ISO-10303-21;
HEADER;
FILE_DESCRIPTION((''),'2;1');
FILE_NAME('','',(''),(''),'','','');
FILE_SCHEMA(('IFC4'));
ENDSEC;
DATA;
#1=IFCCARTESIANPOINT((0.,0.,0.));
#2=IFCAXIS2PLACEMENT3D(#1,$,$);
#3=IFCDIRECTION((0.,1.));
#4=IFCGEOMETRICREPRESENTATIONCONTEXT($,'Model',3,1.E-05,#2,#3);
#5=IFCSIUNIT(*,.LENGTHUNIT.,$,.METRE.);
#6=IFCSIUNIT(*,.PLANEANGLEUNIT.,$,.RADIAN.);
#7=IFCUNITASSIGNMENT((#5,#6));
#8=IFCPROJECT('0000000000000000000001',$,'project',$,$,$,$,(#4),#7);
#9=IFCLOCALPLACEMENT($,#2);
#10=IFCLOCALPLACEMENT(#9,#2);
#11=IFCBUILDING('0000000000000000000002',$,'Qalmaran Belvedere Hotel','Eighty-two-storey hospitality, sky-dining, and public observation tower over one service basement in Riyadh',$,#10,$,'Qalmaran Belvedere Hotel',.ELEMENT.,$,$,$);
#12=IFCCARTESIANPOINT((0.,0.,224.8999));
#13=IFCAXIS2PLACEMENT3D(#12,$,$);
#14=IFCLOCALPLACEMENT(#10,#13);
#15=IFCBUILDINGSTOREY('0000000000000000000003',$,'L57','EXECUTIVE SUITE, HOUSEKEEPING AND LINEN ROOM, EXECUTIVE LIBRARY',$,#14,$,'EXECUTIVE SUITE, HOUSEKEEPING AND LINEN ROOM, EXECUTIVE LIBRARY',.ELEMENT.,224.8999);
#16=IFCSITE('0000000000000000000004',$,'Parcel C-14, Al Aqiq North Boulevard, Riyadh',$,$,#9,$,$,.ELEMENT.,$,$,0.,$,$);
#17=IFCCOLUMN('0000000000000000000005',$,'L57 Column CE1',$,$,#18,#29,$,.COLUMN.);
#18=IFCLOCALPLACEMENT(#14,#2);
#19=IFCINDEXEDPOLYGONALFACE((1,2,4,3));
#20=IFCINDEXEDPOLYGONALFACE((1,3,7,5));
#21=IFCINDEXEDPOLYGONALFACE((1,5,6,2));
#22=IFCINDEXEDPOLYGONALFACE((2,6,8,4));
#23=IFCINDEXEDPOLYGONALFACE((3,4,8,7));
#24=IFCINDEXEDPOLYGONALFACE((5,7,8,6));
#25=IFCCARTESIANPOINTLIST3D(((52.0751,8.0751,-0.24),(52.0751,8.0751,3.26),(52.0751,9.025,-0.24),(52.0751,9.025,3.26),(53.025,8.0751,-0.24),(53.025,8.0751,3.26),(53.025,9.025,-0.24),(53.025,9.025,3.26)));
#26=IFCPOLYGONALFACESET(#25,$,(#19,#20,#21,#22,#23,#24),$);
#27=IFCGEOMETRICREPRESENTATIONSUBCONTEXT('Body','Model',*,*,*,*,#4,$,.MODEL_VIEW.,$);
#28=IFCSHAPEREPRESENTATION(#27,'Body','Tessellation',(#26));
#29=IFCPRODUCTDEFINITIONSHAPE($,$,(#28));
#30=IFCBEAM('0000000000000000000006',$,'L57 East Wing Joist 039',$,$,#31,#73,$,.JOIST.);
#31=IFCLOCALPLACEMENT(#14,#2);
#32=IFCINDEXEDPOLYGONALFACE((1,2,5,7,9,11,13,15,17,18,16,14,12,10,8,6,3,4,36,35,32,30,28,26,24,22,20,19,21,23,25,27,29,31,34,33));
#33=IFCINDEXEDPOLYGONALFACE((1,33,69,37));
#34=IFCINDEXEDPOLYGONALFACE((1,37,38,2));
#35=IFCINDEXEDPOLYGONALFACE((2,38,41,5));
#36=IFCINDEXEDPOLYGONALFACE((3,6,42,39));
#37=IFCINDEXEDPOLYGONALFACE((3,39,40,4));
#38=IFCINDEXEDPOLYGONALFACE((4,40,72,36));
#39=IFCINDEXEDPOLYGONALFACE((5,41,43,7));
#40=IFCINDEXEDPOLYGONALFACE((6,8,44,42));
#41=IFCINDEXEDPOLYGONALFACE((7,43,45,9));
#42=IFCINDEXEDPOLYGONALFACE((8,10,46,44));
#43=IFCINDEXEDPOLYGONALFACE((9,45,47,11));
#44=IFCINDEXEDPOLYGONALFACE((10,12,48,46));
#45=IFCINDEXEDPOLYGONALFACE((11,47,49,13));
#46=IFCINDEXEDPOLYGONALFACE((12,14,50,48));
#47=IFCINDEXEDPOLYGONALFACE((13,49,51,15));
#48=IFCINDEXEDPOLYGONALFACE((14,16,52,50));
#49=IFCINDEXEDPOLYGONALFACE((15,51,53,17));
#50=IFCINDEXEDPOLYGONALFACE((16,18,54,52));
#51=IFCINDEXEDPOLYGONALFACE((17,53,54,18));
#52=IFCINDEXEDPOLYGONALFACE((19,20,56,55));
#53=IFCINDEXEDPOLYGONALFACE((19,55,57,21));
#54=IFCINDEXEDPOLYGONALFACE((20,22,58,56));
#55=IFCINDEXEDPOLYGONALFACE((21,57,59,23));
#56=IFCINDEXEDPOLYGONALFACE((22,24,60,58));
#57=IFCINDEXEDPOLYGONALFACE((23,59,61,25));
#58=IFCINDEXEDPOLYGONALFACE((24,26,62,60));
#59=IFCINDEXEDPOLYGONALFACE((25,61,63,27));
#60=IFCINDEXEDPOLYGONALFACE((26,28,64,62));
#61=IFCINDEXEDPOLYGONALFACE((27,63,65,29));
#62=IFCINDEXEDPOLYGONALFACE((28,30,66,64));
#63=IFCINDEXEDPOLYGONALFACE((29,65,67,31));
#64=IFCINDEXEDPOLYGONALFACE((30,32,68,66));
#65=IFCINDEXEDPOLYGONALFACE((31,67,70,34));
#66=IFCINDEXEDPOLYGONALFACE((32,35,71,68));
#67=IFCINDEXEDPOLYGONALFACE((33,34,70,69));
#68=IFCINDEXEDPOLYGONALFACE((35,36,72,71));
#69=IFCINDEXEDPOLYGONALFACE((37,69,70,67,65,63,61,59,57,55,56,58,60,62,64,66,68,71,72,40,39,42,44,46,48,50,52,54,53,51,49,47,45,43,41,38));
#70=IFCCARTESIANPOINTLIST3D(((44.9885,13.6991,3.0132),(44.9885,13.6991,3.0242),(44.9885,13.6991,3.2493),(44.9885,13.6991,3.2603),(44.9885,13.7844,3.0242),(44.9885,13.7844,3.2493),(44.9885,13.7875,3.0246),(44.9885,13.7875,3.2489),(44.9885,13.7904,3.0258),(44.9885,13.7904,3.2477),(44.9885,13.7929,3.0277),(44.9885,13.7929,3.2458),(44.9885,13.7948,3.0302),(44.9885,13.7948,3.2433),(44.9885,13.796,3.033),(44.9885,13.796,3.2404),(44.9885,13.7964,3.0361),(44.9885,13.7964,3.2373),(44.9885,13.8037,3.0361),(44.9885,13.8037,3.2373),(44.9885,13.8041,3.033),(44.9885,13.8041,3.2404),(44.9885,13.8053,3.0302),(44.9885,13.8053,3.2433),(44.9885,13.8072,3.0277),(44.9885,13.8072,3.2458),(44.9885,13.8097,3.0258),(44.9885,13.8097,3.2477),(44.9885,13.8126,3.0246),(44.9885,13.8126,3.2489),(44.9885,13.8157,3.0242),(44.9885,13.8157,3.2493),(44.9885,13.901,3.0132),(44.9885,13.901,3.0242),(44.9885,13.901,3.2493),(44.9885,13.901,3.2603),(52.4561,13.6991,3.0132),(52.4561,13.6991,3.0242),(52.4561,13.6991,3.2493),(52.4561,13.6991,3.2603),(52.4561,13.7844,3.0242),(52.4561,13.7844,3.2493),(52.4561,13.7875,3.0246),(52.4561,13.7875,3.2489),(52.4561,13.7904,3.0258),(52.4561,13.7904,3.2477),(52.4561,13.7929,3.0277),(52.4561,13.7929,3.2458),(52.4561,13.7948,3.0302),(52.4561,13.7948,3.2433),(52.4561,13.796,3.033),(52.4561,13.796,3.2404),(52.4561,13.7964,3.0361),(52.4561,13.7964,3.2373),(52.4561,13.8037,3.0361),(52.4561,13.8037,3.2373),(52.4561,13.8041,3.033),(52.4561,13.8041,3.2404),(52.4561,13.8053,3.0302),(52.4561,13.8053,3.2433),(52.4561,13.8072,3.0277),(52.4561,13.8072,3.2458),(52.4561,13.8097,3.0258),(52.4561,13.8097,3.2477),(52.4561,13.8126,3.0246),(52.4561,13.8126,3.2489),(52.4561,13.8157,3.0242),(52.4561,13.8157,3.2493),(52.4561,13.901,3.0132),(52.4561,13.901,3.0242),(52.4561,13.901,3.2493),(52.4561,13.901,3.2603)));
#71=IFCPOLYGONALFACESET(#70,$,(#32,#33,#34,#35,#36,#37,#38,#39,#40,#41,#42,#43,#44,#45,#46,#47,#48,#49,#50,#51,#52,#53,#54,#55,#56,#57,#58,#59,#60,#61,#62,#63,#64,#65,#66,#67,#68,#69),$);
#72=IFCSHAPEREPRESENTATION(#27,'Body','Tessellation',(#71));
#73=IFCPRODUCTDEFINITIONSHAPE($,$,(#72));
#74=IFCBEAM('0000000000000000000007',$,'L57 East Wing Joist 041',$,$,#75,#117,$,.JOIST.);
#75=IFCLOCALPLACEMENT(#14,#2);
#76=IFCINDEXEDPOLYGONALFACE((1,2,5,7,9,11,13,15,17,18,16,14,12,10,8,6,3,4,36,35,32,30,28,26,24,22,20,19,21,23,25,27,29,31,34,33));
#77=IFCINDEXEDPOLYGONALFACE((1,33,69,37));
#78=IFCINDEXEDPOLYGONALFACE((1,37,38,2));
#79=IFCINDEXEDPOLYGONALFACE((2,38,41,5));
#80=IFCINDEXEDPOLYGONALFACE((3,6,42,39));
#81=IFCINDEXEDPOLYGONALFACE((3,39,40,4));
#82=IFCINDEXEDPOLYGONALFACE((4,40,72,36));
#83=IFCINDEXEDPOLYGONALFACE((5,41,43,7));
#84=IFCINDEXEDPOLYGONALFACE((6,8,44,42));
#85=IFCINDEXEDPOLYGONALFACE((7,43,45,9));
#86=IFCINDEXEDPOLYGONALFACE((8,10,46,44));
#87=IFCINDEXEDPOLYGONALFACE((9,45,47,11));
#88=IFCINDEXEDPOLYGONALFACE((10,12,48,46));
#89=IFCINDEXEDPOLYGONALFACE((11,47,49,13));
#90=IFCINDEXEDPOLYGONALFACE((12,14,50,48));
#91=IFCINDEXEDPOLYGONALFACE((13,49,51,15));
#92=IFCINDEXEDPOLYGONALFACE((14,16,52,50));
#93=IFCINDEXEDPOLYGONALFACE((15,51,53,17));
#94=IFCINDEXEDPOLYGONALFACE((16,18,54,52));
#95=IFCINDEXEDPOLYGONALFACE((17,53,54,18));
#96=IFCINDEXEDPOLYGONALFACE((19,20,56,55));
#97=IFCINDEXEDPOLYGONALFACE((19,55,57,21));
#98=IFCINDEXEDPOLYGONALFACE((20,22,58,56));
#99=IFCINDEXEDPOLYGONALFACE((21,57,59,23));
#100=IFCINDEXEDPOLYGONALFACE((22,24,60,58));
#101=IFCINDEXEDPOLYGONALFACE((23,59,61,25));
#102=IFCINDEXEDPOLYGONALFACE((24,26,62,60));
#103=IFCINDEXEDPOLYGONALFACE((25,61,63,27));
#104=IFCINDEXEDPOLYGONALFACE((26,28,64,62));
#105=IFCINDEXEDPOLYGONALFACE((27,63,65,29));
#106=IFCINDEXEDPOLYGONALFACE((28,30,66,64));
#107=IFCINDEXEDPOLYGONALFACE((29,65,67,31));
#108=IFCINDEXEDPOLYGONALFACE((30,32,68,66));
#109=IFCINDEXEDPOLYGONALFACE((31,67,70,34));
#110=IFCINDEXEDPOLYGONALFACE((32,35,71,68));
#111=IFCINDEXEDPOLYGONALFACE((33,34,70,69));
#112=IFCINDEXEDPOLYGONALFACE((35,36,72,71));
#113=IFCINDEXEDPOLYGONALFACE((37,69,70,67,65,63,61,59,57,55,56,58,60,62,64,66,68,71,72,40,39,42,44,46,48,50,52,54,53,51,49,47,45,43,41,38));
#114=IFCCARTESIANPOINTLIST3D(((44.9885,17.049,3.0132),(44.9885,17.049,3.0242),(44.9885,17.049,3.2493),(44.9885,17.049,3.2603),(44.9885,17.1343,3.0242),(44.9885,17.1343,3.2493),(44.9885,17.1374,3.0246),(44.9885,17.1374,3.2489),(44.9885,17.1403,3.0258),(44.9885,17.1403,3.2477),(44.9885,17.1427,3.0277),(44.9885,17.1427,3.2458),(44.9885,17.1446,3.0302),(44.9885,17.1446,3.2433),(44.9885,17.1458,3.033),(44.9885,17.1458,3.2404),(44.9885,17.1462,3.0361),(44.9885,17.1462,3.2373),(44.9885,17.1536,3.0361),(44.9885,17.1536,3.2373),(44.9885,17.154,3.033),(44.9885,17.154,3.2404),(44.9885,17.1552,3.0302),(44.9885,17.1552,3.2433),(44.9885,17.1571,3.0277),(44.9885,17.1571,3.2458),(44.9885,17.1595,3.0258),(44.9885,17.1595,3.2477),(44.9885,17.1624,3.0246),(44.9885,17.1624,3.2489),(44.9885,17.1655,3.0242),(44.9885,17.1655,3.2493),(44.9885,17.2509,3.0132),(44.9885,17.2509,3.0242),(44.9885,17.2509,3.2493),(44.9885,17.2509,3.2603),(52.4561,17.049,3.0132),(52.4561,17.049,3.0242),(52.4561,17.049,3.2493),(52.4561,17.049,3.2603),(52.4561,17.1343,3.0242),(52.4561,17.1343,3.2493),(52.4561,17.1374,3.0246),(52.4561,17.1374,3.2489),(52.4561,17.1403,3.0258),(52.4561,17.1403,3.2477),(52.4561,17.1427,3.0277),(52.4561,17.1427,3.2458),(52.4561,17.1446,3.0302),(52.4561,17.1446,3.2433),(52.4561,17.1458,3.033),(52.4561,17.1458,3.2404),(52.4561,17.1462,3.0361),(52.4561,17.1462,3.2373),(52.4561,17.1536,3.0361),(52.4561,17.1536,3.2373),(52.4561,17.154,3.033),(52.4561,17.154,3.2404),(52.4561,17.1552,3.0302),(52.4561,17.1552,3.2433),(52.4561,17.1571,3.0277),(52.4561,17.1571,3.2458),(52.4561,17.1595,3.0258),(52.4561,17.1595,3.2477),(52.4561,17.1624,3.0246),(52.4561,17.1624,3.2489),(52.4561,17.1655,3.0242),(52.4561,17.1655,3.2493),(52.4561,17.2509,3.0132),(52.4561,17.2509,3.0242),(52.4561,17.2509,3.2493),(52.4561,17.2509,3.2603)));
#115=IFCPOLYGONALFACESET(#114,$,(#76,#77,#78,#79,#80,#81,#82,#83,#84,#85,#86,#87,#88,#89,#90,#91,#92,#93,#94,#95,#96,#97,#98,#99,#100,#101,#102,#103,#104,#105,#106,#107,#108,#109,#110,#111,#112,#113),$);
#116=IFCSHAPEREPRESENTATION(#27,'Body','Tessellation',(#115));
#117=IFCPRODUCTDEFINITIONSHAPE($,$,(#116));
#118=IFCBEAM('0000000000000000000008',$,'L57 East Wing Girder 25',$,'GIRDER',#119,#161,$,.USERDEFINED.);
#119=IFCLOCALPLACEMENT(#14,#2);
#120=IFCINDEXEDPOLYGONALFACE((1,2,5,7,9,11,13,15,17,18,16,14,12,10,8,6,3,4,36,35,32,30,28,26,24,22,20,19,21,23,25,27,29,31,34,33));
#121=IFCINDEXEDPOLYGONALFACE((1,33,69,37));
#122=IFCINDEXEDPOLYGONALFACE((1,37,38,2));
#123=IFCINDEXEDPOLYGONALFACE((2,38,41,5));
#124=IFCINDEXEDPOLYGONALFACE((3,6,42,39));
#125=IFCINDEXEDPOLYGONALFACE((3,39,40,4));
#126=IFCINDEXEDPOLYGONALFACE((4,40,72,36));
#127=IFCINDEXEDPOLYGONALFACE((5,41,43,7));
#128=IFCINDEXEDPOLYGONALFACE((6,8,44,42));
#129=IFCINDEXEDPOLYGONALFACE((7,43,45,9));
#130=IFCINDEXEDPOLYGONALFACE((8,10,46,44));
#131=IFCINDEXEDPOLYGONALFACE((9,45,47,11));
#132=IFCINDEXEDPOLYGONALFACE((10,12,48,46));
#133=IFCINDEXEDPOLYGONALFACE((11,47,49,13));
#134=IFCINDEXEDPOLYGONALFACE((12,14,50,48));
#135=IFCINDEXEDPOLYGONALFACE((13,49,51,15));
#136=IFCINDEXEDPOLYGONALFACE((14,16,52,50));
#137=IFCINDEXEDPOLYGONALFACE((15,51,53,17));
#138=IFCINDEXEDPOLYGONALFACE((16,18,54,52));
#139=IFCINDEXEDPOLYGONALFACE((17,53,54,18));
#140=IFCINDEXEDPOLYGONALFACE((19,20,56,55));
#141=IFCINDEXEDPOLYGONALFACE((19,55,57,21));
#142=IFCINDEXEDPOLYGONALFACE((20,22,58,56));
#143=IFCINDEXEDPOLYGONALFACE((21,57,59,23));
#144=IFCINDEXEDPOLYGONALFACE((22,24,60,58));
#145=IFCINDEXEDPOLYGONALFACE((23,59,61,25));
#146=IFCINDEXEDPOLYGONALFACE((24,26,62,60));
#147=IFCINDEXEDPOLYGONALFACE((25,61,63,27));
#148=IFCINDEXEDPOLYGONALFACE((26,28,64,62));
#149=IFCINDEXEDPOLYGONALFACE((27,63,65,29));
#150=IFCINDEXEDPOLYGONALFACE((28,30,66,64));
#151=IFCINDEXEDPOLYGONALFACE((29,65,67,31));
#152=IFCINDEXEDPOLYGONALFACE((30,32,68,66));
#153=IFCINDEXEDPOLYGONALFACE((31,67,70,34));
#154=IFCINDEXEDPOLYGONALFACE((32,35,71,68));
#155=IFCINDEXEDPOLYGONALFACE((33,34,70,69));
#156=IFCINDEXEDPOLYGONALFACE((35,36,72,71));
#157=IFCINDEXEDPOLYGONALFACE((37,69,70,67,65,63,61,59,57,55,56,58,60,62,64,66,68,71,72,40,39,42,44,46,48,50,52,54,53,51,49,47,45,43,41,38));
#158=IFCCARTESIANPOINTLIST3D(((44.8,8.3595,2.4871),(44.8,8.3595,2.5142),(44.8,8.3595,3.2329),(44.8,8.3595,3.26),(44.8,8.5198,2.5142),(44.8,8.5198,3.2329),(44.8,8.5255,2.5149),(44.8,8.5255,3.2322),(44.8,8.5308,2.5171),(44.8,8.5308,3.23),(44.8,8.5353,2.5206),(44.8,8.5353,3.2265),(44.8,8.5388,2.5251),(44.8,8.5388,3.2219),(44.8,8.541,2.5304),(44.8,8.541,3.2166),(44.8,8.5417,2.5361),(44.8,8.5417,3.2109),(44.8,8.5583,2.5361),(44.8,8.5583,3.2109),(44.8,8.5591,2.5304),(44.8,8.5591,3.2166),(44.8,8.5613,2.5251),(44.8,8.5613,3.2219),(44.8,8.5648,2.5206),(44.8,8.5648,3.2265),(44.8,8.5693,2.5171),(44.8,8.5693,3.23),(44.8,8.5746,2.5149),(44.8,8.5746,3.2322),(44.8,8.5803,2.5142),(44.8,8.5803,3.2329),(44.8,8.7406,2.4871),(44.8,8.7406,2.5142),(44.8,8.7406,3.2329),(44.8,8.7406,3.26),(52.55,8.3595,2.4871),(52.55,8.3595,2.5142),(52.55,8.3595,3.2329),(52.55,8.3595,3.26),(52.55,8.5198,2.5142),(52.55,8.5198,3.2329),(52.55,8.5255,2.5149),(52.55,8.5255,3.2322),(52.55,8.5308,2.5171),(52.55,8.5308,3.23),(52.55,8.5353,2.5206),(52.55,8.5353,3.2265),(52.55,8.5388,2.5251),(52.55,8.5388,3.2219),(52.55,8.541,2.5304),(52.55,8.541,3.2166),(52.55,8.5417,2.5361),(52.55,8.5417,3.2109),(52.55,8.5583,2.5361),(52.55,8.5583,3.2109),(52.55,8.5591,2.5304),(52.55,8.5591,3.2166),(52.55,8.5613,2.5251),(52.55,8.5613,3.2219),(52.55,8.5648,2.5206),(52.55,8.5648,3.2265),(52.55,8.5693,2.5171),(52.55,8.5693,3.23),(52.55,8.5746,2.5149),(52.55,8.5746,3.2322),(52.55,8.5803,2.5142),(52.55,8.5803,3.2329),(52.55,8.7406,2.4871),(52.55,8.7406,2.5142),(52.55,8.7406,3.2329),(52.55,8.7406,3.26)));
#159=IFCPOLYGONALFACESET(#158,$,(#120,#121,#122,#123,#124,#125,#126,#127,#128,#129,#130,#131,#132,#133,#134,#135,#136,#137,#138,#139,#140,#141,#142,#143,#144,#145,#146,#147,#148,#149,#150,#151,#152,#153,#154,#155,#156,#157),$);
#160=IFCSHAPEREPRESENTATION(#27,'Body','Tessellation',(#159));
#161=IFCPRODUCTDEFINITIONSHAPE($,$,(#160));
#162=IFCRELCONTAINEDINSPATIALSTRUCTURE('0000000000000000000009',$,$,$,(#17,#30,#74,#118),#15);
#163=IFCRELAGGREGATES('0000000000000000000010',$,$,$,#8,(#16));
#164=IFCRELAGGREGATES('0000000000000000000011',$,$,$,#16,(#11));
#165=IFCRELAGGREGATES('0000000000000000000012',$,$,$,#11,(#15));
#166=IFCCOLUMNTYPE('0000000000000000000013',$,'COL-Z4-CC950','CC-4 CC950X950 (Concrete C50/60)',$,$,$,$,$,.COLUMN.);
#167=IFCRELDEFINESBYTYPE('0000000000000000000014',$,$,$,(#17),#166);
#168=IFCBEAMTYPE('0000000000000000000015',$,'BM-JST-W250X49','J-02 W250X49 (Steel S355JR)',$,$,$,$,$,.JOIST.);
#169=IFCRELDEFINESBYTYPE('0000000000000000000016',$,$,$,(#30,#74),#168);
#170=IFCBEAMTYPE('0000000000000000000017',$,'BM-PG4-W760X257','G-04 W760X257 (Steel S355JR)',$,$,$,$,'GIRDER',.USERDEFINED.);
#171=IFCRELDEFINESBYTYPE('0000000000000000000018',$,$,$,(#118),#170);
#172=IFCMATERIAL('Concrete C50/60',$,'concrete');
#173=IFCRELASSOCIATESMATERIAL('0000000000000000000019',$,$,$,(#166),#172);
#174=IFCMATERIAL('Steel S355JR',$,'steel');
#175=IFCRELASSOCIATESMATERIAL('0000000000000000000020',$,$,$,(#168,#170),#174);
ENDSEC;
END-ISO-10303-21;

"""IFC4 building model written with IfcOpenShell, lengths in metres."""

from ifc_helpers import new_model, si_unit, direction, frame, origin, origin_2d, place, context, subcontext, project, spatial, rectangle, i_section, extrude, material, material_profile, profile_set, type_object, element, save


model = new_model("IFC4")

# Units and contexts
model_context = context("Model", 3, precision=1e-05, world=origin(), true_north=direction((0.0, 1.0)))
body_context = subcontext(model_context, "Body", "Model", "MODEL_VIEW")
ifc_project = project(units=[si_unit("LENGTHUNIT", "METRE"), si_unit("PLANEANGLEUNIT", "RADIAN")], contexts=[model_context])

# Site, building, storey
site_placement = place(None, origin())
site = spatial("IfcSite", under=ifc_project, at=site_placement, Name="Parcel C-14, Al Aqiq North Boulevard, Riyadh", CompositionType="ELEMENT", RefElevation=0.0)
building_placement = place(site_placement, origin())
building = spatial("IfcBuilding", under=site, at=building_placement, Name="Qalmaran Belvedere Hotel", Description="Eighty-two-storey hospitality, sky-dining, and public observation tower over one service basement in Riyadh", LongName="Qalmaran Belvedere Hotel", CompositionType="ELEMENT")
storey_placement = place(building_placement, frame((0.0, 0.0, 224.8999)))
storey = spatial("IfcBuildingStorey", under=building, at=storey_placement, Name="L57", Description="EXECUTIVE SUITE, HOUSEKEEPING AND LINEN ROOM, EXECUTIVE LIBRARY", LongName="EXECUTIVE SUITE, HOUSEKEEPING AND LINEN ROOM, EXECUTIVE LIBRARY", CompositionType="ELEMENT", Elevation=224.8999)

# Column
ifc_material_1 = material(Name="Concrete C50/60", Category="concrete")
ifc_material_profile_1 = material_profile(ifc_material_1, rectangle(XDim=0.95, YDim=0.95, at=origin_2d()), Name="CC950X950")
ifc_profile_set_1 = profile_set([ifc_material_profile_1], Name="Concrete C50/60")
column_type = type_object("IfcColumnType", Name="COL-Z4-CC950", Description="CC-4 CC950X950 (Concrete C50/60)", PredefinedType="COLUMN", material=ifc_profile_set_1)
column_placement = place(storey_placement, frame((52.55, 8.55, -0.24), z_axis=(0.0, 0.0, 1.0), x_axis=(1.0, 0.0, 0.0)))
element("IfcColumn", 1, at=column_placement, inside=storey, type_object=column_type, Name="L57 Column CE1", PredefinedType="COLUMN", context=body_context, shape_type="SweptSolid", body=[
    extrude(rectangle(XDim=0.95, YDim=0.95, at=origin_2d()), origin(), (0.0, 0.0, 1.0), 3.5),
])

# Beams
ifc_material_2 = material(Name="Steel S355JR", Category="steel")
ifc_material_profile_2 = material_profile(ifc_material_2, i_section(OverallWidth=0.2019, OverallDepth=0.2471, WebThickness=0.0073, FlangeThickness=0.011, FilletRadius=0.012, at=origin_2d()), Name="W250X49")
ifc_profile_set_2 = profile_set([ifc_material_profile_2], Name="Steel S355JR")
beam_type_1 = type_object("IfcBeamType", Name="BM-JST-W250X49", Description="J-02 W250X49 (Steel S355JR)", PredefinedType="JOIST", material=ifc_profile_set_2)
for number, where, z_axis, x_axis, name in (
    (2, (44.9885, 13.8, 3.1367), (1.0, 0.0, 0.0), (0.0, 1.0, 0.0), "L57 East Wing Joist 039"),
    (3, (44.9885, 17.1499, 3.1367), (1.0, 0.0, 0.0), (0.0, 1.0, 0.0), "L57 East Wing Joist 041"),
):
    element("IfcBeam", number, at=place(storey_placement, frame(where, z_axis=z_axis, x_axis=x_axis)), inside=storey, type_object=beam_type_1, Name=name, PredefinedType="JOIST", context=body_context, shape_type="SweptSolid", body=[
        extrude(i_section(OverallWidth=0.2019, OverallDepth=0.2471, WebThickness=0.0073, FlangeThickness=0.011, FilletRadius=0.012, at=origin_2d()), origin(), (0.0, 0.0, 1.0), 7.4675),
    ])
ifc_material_profile_3 = material_profile(ifc_material_2, i_section(OverallWidth=0.3811, OverallDepth=0.7729, WebThickness=0.0166, FlangeThickness=0.0271, FilletRadius=0.022, at=origin_2d()), Name="W760X257")
ifc_profile_set_3 = profile_set([ifc_material_profile_3], Name="Steel S355JR")
beam_type_2 = type_object("IfcBeamType", Name="BM-PG4-W760X257", Description="G-04 W760X257 (Steel S355JR)", ElementType="GIRDER", PredefinedType="USERDEFINED", material=ifc_profile_set_3)
beam_1_placement = place(storey_placement, frame((44.8, 8.55, 2.8735), z_axis=(1.0, 0.0, 0.0), x_axis=(0.0, 1.0, 0.0)))
element("IfcBeam", 4, at=beam_1_placement, inside=storey, type_object=beam_type_2, Name="L57 East Wing Girder 25", ObjectType="GIRDER", PredefinedType="USERDEFINED", context=body_context, shape_type="SweptSolid", body=[
    extrude(i_section(OverallWidth=0.3811, OverallDepth=0.7729, WebThickness=0.0166, FlangeThickness=0.0271, FilletRadius=0.022, at=origin_2d()), origin(), (0.0, 0.0, 1.0), 7.75),
])

save(model, "model.ifc")
